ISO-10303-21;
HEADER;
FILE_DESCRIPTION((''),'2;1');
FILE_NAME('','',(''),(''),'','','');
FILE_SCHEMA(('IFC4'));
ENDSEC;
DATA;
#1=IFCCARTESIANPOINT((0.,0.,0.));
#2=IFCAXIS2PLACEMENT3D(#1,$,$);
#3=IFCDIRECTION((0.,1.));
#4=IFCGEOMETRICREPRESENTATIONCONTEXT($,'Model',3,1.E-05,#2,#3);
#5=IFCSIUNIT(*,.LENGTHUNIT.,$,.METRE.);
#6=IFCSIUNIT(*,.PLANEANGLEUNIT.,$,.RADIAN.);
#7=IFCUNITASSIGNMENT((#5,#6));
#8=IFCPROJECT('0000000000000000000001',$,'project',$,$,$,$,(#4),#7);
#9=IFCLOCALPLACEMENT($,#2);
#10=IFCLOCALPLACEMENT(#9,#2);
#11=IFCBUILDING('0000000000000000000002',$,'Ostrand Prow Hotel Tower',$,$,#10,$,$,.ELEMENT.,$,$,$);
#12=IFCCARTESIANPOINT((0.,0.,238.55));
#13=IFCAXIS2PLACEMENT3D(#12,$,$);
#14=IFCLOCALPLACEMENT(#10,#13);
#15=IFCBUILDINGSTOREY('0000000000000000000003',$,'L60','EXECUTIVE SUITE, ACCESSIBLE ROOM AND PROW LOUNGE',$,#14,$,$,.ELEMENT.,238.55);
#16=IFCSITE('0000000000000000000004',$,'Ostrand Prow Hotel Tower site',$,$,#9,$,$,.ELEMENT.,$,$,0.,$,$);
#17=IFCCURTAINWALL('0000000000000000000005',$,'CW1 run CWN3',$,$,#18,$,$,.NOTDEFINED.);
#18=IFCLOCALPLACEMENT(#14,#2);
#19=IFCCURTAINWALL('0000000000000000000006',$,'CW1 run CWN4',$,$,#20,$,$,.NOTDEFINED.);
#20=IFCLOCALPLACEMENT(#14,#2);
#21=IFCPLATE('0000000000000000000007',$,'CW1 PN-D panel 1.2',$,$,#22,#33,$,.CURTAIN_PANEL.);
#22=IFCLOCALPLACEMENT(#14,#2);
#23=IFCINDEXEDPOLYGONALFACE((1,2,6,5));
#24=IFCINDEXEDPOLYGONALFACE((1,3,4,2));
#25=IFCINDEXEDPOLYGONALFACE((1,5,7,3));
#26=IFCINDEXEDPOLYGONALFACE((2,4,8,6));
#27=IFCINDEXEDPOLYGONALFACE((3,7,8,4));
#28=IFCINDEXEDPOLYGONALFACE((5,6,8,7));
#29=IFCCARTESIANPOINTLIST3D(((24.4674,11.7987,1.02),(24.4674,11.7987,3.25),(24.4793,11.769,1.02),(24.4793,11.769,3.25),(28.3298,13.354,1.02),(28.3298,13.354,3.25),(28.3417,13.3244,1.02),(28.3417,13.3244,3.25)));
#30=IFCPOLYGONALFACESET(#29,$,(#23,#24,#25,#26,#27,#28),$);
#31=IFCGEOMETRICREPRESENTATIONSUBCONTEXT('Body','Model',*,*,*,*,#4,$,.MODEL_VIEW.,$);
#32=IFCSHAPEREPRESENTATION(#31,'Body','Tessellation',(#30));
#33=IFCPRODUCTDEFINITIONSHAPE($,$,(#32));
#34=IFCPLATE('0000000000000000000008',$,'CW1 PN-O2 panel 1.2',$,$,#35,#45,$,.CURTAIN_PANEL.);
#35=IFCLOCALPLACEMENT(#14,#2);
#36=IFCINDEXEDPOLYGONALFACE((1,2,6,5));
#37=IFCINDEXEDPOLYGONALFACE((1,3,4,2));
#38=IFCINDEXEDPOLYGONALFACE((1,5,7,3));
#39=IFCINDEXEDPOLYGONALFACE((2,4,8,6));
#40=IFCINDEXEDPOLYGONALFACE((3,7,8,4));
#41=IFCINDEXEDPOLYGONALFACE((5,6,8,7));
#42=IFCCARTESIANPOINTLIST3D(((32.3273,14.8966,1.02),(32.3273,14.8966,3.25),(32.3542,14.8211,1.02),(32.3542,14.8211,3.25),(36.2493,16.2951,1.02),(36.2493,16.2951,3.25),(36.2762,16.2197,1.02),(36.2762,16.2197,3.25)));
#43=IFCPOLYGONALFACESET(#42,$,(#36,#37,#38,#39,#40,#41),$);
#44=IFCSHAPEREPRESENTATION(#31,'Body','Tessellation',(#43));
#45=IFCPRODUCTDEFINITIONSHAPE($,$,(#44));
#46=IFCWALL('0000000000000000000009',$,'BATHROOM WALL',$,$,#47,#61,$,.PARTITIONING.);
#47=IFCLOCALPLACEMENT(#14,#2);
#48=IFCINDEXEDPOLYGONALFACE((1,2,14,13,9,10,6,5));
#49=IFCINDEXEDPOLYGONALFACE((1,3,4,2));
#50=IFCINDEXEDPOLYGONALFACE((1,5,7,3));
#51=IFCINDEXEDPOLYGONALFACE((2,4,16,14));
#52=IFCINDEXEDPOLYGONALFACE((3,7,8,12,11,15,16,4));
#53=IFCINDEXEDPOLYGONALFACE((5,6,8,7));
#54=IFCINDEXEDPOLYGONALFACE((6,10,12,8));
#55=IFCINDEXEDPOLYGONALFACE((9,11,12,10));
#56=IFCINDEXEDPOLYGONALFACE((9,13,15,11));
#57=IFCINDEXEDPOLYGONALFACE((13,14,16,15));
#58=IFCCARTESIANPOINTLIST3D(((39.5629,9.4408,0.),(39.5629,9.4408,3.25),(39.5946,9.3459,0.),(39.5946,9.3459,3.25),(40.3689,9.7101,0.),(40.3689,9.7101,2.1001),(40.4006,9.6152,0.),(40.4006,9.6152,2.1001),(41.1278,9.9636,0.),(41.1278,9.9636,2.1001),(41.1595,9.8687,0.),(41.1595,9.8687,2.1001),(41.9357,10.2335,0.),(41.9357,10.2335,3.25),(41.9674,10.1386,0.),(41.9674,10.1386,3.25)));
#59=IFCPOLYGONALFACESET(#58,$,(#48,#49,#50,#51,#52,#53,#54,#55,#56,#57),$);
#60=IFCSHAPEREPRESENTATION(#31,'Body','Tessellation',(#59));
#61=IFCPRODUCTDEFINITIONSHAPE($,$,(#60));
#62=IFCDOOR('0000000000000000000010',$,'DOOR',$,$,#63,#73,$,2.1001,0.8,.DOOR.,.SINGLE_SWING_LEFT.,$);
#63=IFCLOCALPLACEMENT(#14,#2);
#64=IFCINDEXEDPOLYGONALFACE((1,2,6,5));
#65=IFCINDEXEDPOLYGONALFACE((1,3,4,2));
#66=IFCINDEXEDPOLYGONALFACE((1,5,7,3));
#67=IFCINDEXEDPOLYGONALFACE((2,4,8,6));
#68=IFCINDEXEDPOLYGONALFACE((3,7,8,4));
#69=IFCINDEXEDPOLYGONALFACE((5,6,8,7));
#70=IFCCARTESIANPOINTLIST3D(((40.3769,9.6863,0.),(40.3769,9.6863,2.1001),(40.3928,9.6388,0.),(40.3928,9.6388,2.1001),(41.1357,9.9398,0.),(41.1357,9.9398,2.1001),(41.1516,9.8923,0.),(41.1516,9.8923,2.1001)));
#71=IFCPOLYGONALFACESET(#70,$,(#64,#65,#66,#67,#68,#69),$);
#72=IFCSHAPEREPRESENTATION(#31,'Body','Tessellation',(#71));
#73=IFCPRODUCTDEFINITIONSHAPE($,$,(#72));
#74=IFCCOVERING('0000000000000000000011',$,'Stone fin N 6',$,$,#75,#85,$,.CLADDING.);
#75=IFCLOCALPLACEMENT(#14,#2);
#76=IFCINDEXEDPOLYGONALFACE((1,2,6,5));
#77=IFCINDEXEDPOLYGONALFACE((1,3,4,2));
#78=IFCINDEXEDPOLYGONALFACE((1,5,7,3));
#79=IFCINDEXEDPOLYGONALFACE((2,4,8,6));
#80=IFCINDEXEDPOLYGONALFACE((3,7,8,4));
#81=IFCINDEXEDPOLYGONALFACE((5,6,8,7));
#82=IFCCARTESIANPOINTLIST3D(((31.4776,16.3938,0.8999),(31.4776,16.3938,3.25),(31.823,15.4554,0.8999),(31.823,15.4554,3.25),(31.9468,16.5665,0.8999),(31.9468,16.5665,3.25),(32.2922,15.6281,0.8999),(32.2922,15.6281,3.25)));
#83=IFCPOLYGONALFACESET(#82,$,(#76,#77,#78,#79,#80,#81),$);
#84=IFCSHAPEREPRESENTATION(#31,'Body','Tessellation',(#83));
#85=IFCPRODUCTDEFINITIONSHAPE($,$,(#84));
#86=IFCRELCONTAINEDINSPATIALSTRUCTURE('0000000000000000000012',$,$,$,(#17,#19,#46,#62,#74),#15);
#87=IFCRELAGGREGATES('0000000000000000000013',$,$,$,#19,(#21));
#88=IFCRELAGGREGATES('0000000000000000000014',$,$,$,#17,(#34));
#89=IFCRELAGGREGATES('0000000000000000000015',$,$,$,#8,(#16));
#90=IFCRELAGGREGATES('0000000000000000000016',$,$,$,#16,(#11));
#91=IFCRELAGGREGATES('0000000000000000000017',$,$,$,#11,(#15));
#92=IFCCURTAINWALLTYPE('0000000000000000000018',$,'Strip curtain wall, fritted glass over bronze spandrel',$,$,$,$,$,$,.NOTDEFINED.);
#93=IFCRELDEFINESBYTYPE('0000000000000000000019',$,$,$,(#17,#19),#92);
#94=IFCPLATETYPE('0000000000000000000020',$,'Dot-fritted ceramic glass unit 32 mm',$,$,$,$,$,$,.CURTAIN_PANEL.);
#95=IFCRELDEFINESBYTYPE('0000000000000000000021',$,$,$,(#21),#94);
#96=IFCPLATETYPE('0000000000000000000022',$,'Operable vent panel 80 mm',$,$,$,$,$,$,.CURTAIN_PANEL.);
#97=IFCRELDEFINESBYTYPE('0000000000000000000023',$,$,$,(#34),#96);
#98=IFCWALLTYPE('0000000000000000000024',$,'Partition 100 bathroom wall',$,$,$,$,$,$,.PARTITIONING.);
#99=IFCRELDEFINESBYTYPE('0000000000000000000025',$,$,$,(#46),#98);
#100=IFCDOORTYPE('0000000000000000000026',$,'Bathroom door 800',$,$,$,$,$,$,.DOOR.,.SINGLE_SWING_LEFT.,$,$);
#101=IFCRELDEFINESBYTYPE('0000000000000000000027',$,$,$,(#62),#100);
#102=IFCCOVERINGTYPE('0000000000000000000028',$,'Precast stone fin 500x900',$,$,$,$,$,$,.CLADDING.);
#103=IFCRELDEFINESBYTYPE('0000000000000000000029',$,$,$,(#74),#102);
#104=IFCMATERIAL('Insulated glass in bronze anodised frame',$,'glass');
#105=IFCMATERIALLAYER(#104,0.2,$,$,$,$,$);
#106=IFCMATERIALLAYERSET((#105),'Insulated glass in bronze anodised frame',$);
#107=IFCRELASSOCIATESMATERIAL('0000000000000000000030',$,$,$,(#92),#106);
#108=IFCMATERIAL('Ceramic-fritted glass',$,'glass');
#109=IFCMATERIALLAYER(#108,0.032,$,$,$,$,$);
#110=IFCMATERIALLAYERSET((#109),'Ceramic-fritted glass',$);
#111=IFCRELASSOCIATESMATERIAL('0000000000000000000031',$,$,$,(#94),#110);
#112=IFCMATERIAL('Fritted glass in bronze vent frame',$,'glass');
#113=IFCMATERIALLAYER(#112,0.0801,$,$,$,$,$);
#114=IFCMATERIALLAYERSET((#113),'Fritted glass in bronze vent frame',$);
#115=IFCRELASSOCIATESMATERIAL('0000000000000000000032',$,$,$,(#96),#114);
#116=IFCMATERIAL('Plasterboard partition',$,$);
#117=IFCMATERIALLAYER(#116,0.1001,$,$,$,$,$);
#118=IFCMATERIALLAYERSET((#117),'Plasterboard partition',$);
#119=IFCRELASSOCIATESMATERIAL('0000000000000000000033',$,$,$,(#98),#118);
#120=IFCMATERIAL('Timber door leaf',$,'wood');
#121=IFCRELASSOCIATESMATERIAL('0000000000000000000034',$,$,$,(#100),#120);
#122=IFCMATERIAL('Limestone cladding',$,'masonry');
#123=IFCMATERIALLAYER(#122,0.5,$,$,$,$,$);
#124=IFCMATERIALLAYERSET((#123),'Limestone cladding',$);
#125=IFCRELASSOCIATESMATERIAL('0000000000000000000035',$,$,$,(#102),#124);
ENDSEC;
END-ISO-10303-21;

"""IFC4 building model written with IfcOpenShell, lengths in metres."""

from ifc_helpers import new_model, si_unit, direction, frame, frame_2d, origin, origin_2d, place, context, subcontext, project, spatial, rectangle, extrude, material, layer, layer_set, type_object, element, fill, aggregate, save


model = new_model("IFC4")

# Units and contexts
model_context = context("Model", 3, precision=1e-05, world=origin(), true_north=direction((0.0, 1.0)))
body_context = subcontext(model_context, "Body", "Model", "MODEL_VIEW")
ifc_project = project(units=[si_unit("LENGTHUNIT", "METRE"), si_unit("PLANEANGLEUNIT", "RADIAN")], contexts=[model_context])

# Site, building, storey
site_placement = place(None, origin())
site = spatial("IfcSite", under=ifc_project, at=site_placement, Name="Ostrand Prow Hotel Tower site", CompositionType="ELEMENT", RefElevation=0.0)
building_placement = place(site_placement, origin())
building = spatial("IfcBuilding", under=site, at=building_placement, Name="Ostrand Prow Hotel Tower", CompositionType="ELEMENT")
storey_placement = place(building_placement, frame((0.0, 0.0, 238.55)))
storey = spatial("IfcBuildingStorey", under=building, at=storey_placement, Name="L60", Description="EXECUTIVE SUITE, ACCESSIBLE ROOM AND PROW LOUNGE", CompositionType="ELEMENT", Elevation=238.55)

# Curtain wall
ifc_material_1 = material(Name="Insulated glass in bronze anodised frame", Category="glass")
ifc_layer_1 = layer(ifc_material_1, 0.2)
ifc_layer_set_1 = layer_set([ifc_layer_1], Name="Insulated glass in bronze anodised frame")
curtain_wall_type = type_object("IfcCurtainWallType", Name="Strip curtain wall, fritted glass over bronze spandrel", PredefinedType="NOTDEFINED", material=ifc_layer_set_1)
curtain_wall_1_placement = place(storey_placement, origin())
curtain_wall_1 = element("IfcCurtainWall", 1, at=curtain_wall_1_placement, inside=storey, type_object=curtain_wall_type, Name="CW1 run CWN3", PredefinedType="NOTDEFINED")

# Curtain wall
curtain_wall_2_placement = place(storey_placement, origin())
curtain_wall_2 = element("IfcCurtainWall", 2, at=curtain_wall_2_placement, inside=storey, type_object=curtain_wall_type, Name="CW1 run CWN4", PredefinedType="NOTDEFINED")

# Plates
ifc_material_2 = material(Name="Ceramic-fritted glass", Category="glass")
ifc_layer_2 = layer(ifc_material_2, 0.032)
ifc_layer_set_2 = layer_set([ifc_layer_2], Name="Ceramic-fritted glass")
plate_type_1 = type_object("IfcPlateType", Name="Dot-fritted ceramic glass unit 32 mm", PredefinedType="CURTAIN_PANEL", material=ifc_layer_set_2)
plate_1_placement = place(storey_placement, frame((26.4045, 12.5615, 1.02), z_axis=(0.0, 0.0, 1.0), x_axis=(-0.927617, -0.373533, 0.0)))
plate_1 = element("IfcPlate", 3, at=plate_1_placement, type_object=plate_type_1, Name="CW1 PN-D panel 1.2", PredefinedType="CURTAIN_PANEL", context=body_context, shape_type="SweptSolid", body=[
    extrude(rectangle(XDim=4.1638, YDim=0.032, at=origin_2d()), origin(), (0.0, 0.0, 1.0), 2.23),
])
aggregate(curtain_wall_2, [plate_1])
ifc_material_3 = material(Name="Fritted glass in bronze vent frame", Category="glass")
ifc_layer_3 = layer(ifc_material_3, 0.0801)
ifc_layer_set_3 = layer_set([ifc_layer_3], Name="Fritted glass in bronze vent frame")
plate_type_2 = type_object("IfcPlateType", Name="Operable vent panel 80 mm", PredefinedType="CURTAIN_PANEL", material=ifc_layer_set_3)
plate_2_placement = place(storey_placement, frame((34.3018, 15.5581, 1.02), z_axis=(0.0, 0.0, 1.0), x_axis=(-0.941906, -0.335877, 0.0)))
plate_2 = element("IfcPlate", 4, at=plate_2_placement, type_object=plate_type_2, Name="CW1 PN-O2 panel 1.2", PredefinedType="CURTAIN_PANEL", context=body_context, shape_type="SweptSolid", body=[
    extrude(rectangle(XDim=4.1638, YDim=0.0801, at=origin_2d()), origin(), (0.0, 0.0, 1.0), 2.23),
])
aggregate(curtain_wall_1, [plate_2])

# Wall, opening, door
ifc_material_4 = material(Name="Plasterboard partition")
ifc_layer_4 = layer(ifc_material_4, 0.1001)
ifc_layer_set_4 = layer_set([ifc_layer_4], Name="Plasterboard partition")
wall_type = type_object("IfcWallType", Name="Partition 100 bathroom wall", PredefinedType="PARTITIONING", material=ifc_layer_set_4)
wall_placement = place(storey_placement, frame((39.5786, 9.3933, 0.0), z_axis=(0.0, 0.0, 1.0), x_axis=(0.948468, 0.316872, 0.0)))
wall = element("IfcWall", 5, at=wall_placement, inside=storey, type_object=wall_type, Name="BATHROOM WALL", PredefinedType="PARTITIONING", context=body_context, shape_type="SweptSolid", body=[
    extrude(rectangle(XDim=2.5017, YDim=0.1001, at=frame_2d((1.251, 0.0))), origin(), (0.0, 0.0, 1.0), 3.25),
])
opening_placement = place(wall_placement, frame((0.8501, 0.0, 0.0)))
opening = element("IfcOpeningElement", 6, at=opening_placement, cuts=wall, PredefinedType="OPENING", context=body_context, shape_type="SweptSolid", body=[
    extrude(rectangle(XDim=0.8, YDim=2.1001, at=frame_2d((0.3999, 1.05))), frame((0.0, 0.0601, 0.0), z_axis=(0.0, -1.0, 0.0), x_axis=(1.0, 0.0, 0.0)), (0.0, 0.0, 1.0), 0.1201),
])
ifc_material_5 = material(Name="Timber door leaf", Category="wood")
door_type = type_object("IfcDoorType", Name="Bathroom door 800", OperationType="SINGLE_SWING_LEFT", PredefinedType="DOOR", material=ifc_material_5)
door_placement = place(opening_placement, origin())
door = element("IfcDoor", 7, at=door_placement, inside=storey, type_object=door_type, Name="DOOR", OperationType="SINGLE_SWING_LEFT", OverallHeight=2.1001, OverallWidth=0.8, PredefinedType="DOOR", context=body_context, shape_type="SweptSolid", body=[
    extrude(rectangle(XDim=0.8, YDim=2.1001, at=frame_2d((0.3999, 1.05))), frame((0.0, 0.0249, 0.0), z_axis=(0.0, -1.0, 0.0), x_axis=(1.0, 0.0, 0.0)), (0.0, 0.0, 1.0), 0.05),
])
fill(opening, door)

# Covering
ifc_material_6 = material(Name="Limestone cladding", Category="masonry")
ifc_layer_5 = layer(ifc_material_6, 0.5)
ifc_layer_set_5 = layer_set([ifc_layer_5], Name="Limestone cladding")
covering_type = type_object("IfcCoveringType", Name="Precast stone fin 500x900", PredefinedType="CLADDING", material=ifc_layer_set_5)
covering_placement = place(storey_placement, frame((32.0576, 15.5417, 0.8999), z_axis=(0.0, 0.0, 1.0), x_axis=(-0.345445, 0.938439, 0.0)))
element("IfcCovering", 8, at=covering_placement, inside=storey, type_object=covering_type, Name="Stone fin N 6", PredefinedType="CLADDING", context=body_context, shape_type="SweptSolid", body=[
    extrude(rectangle(XDim=1.0, YDim=0.5, at=frame_2d((0.5, 0.0))), origin(), (0.0, 0.0, 1.0), 2.3501),
])

save(model, "model.ifc")
